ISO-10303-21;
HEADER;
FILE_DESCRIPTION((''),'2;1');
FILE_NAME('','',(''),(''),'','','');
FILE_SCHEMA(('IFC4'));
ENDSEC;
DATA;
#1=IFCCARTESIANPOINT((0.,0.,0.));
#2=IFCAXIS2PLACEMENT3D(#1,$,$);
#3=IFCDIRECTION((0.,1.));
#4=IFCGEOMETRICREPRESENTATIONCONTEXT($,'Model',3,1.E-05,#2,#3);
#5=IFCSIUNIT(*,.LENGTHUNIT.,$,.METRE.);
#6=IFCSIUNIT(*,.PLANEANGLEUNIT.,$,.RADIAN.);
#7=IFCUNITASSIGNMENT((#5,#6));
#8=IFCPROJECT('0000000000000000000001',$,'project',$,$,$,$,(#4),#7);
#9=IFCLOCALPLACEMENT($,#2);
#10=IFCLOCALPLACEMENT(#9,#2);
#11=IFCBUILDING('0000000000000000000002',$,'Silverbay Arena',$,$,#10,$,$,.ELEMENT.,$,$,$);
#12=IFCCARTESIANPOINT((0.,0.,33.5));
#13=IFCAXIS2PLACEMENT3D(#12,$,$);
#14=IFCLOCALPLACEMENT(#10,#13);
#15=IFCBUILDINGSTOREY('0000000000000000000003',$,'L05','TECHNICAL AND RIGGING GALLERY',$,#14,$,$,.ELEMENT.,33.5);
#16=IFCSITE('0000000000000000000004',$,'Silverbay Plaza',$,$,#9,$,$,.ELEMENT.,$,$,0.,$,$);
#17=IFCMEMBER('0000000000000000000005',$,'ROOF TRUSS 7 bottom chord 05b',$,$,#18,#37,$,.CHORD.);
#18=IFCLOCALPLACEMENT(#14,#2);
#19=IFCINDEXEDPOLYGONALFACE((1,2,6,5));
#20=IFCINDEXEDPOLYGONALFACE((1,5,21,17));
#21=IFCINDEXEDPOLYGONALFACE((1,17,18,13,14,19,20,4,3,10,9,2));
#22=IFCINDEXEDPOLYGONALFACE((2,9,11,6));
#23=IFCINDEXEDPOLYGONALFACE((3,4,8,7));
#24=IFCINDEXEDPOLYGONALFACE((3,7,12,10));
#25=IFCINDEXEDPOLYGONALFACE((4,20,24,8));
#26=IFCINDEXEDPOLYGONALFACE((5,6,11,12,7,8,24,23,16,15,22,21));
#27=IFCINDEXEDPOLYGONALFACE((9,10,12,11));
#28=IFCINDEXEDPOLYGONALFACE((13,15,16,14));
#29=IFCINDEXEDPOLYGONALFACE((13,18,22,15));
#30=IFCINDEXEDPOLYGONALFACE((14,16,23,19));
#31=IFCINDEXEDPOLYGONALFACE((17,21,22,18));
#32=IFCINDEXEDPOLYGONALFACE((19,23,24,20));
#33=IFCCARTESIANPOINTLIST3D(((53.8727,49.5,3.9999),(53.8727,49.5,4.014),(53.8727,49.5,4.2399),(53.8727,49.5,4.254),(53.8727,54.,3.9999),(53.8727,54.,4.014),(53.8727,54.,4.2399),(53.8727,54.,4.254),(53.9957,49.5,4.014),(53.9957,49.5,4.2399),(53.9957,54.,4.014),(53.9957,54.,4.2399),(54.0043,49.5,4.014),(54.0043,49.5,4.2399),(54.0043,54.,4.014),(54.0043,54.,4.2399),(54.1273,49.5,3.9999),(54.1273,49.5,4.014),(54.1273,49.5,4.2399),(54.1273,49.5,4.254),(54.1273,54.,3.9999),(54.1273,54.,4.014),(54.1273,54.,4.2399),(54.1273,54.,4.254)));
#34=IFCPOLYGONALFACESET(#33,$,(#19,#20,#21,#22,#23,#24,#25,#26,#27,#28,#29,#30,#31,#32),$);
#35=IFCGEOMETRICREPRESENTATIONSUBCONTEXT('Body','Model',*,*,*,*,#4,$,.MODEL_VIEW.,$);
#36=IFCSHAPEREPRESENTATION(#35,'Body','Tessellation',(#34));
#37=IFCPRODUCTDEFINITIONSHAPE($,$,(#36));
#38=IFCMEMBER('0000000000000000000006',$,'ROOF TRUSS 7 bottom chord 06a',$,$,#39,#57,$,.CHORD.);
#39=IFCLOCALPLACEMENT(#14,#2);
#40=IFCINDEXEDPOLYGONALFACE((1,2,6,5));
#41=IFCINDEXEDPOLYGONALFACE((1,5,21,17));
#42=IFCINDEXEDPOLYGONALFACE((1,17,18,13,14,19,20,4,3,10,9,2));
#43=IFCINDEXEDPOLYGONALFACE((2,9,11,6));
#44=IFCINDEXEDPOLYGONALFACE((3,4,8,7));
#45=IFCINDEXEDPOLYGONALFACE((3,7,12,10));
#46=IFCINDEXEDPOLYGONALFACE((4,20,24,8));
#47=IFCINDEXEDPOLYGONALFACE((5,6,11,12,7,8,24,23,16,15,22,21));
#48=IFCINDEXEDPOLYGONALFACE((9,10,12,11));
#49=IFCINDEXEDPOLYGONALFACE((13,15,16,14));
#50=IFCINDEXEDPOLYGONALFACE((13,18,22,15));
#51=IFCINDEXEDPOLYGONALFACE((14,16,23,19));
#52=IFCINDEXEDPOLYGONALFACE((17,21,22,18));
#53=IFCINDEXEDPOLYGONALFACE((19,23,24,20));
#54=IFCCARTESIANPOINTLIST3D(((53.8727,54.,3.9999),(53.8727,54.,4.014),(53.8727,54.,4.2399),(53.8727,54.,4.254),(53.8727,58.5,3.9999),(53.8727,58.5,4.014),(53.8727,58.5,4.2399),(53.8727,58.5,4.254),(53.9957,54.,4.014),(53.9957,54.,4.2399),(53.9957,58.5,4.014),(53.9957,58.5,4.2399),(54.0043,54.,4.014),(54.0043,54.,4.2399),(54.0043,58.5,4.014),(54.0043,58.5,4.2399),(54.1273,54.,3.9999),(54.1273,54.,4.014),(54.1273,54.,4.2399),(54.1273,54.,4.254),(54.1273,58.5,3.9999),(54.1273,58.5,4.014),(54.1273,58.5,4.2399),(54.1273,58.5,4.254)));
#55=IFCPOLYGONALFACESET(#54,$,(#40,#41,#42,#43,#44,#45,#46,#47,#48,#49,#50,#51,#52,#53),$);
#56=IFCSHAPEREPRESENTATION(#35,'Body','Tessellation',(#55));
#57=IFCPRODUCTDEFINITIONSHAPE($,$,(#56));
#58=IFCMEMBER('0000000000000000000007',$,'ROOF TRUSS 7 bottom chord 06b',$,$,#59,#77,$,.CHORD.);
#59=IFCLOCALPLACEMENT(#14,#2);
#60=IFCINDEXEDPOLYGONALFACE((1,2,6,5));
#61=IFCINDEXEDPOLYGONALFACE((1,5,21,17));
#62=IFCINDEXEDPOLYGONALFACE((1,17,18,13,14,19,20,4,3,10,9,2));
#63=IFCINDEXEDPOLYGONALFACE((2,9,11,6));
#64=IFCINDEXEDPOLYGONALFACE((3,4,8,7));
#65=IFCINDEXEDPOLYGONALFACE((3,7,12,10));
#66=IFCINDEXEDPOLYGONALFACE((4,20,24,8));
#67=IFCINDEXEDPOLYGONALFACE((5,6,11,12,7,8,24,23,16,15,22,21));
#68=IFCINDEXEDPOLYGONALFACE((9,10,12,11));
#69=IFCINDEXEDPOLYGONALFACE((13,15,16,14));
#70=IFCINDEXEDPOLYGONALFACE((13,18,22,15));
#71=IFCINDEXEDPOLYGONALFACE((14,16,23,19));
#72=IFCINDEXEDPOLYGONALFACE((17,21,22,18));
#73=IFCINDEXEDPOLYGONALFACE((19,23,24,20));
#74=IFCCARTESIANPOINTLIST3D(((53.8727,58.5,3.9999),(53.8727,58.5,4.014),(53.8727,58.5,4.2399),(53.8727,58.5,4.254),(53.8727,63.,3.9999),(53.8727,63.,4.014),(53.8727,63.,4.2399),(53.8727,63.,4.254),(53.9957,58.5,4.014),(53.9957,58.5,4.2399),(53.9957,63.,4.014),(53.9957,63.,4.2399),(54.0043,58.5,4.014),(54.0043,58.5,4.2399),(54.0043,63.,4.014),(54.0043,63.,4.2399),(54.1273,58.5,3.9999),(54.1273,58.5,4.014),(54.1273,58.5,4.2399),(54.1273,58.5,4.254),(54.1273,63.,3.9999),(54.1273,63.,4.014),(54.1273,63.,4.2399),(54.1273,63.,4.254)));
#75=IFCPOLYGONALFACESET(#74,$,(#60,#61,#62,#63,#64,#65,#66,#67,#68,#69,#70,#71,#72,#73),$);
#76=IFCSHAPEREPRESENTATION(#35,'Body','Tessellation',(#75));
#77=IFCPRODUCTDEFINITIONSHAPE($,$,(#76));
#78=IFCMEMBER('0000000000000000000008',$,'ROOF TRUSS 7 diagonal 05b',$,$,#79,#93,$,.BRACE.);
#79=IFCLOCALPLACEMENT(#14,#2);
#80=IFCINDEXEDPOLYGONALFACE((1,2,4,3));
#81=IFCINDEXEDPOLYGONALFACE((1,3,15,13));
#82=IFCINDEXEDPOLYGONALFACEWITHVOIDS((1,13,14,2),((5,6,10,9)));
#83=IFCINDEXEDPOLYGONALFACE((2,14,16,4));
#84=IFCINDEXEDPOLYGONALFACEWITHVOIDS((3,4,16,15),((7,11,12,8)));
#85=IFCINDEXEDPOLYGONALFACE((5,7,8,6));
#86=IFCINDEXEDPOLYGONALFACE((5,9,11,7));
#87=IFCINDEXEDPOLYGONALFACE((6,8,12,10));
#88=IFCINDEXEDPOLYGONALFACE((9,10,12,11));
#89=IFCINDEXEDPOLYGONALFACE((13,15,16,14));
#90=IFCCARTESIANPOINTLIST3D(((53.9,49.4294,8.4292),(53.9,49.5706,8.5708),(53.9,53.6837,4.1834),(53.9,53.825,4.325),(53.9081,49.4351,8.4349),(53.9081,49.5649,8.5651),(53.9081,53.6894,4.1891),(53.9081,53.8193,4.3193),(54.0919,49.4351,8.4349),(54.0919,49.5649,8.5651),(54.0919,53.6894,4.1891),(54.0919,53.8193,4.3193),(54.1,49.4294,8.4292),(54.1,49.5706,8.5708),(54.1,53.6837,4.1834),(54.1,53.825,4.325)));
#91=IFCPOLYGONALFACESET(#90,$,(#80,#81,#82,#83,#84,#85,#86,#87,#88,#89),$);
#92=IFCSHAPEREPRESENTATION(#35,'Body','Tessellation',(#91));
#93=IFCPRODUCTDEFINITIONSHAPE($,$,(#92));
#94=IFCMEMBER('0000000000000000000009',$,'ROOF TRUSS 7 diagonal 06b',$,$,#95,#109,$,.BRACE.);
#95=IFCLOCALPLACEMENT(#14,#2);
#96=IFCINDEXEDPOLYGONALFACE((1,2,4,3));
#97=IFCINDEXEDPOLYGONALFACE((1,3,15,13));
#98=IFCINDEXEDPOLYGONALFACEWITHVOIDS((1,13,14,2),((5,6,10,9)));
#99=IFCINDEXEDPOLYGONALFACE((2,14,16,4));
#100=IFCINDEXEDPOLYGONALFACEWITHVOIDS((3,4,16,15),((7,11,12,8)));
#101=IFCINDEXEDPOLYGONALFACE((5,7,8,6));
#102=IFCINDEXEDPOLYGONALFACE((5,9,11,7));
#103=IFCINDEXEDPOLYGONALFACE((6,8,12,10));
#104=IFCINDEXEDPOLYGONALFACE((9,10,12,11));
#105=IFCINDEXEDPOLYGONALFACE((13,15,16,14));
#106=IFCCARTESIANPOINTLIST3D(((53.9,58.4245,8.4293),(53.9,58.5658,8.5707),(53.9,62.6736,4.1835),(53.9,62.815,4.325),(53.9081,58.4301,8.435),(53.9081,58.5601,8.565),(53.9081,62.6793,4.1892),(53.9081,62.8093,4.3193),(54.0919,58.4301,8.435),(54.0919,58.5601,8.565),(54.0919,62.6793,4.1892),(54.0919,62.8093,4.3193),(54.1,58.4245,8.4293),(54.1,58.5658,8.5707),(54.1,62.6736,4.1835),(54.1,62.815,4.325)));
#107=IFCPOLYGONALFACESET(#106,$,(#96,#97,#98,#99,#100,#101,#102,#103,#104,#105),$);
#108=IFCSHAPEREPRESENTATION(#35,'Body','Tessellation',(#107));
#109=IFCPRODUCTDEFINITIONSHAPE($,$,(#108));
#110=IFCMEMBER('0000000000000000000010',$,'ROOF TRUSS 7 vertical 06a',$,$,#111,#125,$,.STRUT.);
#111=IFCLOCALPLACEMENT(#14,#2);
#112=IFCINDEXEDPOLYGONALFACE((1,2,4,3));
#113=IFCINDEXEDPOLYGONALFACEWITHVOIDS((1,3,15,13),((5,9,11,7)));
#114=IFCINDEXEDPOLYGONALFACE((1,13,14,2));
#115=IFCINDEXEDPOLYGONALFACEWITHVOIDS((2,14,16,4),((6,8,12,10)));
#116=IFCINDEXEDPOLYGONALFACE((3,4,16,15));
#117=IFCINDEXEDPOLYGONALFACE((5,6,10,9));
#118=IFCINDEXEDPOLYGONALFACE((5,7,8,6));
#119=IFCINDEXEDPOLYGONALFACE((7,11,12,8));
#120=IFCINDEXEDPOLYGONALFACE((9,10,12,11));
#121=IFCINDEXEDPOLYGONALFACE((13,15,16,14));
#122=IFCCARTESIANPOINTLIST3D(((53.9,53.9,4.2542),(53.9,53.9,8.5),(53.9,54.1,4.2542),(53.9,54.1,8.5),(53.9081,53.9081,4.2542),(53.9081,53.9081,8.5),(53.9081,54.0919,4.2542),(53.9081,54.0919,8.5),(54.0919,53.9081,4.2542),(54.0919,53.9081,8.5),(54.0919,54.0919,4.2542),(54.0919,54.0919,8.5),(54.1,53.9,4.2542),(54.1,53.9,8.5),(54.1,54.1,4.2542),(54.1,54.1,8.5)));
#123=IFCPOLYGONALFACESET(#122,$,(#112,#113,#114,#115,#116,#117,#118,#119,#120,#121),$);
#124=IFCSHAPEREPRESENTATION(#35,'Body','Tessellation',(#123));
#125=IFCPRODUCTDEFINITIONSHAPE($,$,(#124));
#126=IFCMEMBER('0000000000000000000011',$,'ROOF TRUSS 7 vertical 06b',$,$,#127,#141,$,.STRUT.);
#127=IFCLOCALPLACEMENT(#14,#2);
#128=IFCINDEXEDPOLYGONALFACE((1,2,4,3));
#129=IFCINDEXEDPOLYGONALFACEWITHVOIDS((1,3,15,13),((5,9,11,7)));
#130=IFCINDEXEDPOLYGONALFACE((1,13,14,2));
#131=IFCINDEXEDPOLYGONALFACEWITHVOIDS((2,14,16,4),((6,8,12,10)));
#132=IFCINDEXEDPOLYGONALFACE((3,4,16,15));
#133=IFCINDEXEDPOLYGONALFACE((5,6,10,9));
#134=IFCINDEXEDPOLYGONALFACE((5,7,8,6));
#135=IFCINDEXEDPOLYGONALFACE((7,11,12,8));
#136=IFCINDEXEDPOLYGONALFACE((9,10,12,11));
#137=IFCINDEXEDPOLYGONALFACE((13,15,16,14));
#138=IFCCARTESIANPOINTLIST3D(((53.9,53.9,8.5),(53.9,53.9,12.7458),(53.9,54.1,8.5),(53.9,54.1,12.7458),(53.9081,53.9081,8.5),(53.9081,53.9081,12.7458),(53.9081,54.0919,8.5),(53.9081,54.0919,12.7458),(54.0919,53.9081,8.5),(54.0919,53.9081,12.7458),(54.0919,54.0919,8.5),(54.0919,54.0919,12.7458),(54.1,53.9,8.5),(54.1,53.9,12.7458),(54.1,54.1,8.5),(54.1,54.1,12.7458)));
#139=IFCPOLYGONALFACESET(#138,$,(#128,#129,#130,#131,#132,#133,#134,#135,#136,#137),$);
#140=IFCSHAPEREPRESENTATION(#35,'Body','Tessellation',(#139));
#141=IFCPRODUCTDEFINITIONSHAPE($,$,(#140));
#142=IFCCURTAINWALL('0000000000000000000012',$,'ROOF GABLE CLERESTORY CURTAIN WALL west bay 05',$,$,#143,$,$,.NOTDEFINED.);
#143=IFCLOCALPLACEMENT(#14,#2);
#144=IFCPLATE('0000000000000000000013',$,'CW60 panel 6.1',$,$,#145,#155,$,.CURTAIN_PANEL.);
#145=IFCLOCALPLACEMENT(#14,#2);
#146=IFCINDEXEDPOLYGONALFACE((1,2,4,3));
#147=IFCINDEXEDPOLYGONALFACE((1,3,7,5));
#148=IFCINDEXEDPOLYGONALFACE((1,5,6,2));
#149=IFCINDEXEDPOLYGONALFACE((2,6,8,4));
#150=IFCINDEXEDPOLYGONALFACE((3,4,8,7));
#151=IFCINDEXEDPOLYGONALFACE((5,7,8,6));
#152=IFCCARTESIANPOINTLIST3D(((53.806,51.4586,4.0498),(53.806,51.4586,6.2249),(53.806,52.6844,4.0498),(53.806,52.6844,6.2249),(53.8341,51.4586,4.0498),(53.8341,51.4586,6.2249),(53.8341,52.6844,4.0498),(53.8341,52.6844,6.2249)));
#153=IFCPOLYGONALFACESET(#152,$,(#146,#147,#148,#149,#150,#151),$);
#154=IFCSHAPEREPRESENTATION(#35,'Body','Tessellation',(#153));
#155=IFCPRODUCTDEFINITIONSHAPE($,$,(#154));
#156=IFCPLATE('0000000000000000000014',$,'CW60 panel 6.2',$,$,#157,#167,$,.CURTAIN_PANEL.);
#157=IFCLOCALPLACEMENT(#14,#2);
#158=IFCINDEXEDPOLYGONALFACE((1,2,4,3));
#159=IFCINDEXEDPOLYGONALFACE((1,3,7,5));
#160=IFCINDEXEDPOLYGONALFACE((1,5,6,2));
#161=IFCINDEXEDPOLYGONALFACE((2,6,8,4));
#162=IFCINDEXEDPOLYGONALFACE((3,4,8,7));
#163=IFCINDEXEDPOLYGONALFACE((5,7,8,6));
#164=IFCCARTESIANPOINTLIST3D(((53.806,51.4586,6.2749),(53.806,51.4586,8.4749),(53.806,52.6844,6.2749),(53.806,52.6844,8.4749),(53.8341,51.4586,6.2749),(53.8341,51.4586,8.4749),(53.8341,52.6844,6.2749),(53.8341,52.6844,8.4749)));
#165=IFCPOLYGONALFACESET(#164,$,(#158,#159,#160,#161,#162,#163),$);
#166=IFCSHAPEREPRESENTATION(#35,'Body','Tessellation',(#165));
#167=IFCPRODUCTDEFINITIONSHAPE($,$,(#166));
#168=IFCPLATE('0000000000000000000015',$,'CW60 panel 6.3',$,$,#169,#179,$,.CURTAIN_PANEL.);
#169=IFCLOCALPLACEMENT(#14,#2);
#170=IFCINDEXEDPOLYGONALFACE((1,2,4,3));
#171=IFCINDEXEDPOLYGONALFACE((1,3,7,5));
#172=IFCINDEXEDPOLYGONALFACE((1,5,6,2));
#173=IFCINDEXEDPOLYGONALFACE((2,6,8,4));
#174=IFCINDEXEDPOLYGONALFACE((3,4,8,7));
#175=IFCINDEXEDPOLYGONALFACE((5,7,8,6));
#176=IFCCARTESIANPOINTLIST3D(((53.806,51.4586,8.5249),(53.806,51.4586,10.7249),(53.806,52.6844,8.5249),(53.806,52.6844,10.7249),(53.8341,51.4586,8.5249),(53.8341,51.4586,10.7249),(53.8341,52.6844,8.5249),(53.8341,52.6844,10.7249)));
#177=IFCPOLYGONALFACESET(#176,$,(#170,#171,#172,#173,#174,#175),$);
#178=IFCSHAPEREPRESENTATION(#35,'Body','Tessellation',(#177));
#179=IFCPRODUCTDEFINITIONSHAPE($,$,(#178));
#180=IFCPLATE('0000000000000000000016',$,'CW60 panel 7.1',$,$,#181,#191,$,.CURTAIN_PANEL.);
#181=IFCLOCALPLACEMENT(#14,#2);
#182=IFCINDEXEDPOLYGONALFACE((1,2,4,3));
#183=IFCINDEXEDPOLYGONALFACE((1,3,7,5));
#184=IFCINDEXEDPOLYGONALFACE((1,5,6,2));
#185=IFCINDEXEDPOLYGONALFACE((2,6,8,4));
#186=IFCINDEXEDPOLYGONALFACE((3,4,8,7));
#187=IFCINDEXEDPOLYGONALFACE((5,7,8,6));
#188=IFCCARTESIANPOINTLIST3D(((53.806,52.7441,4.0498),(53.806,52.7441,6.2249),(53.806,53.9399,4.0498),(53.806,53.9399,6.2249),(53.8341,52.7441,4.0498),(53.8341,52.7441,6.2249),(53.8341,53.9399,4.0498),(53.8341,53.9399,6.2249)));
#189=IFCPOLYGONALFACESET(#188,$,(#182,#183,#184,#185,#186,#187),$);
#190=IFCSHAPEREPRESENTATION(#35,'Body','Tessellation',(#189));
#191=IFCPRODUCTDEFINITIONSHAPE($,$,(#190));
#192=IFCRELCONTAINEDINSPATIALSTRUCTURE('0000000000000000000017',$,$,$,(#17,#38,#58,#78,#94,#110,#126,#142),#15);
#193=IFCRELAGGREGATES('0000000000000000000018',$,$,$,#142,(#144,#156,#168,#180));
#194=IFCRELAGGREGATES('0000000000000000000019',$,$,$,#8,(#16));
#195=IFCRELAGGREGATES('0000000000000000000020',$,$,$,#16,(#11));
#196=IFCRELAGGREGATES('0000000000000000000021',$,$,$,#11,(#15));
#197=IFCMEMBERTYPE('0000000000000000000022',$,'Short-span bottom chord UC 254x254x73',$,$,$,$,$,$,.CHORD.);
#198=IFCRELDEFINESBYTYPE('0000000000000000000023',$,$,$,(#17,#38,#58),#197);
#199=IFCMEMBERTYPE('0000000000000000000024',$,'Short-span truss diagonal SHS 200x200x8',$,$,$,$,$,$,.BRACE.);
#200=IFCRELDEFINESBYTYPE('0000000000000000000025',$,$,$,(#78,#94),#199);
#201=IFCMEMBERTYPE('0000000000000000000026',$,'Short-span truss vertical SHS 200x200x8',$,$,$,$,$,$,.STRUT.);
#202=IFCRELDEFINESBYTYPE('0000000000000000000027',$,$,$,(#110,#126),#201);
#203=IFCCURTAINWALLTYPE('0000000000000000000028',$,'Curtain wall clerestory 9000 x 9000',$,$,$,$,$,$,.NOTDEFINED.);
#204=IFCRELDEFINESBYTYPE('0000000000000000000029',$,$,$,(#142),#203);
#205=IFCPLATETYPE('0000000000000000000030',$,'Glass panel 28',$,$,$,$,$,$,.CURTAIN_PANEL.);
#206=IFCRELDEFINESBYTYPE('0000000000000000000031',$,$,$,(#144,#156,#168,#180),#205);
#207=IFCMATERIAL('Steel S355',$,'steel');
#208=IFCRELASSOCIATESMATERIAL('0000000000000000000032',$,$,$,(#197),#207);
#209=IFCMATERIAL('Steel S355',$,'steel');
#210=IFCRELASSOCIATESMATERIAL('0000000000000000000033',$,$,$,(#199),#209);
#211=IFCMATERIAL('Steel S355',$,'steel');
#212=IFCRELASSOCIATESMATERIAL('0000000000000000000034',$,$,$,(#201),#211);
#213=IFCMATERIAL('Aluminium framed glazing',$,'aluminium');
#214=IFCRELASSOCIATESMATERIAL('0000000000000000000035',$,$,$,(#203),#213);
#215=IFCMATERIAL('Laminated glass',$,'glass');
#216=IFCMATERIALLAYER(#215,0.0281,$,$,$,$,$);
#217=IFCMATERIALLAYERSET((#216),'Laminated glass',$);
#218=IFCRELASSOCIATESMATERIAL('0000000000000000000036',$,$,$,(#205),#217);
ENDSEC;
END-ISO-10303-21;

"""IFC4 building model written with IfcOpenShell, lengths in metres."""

from ifc_helpers import new_model, si_unit, direction, frame, origin, origin_2d, place, context, subcontext, project, spatial, rectangle, hollow_rectangle, i_section, extrude, material, layer, layer_set, material_profile, profile_set, type_object, element, aggregate, save


model = new_model("IFC4")

# Units and contexts
model_context = context("Model", 3, precision=1e-05, world=origin(), true_north=direction((0.0, 1.0)))
body_context = subcontext(model_context, "Body", "Model", "MODEL_VIEW")
ifc_project = project(units=[si_unit("LENGTHUNIT", "METRE"), si_unit("PLANEANGLEUNIT", "RADIAN")], contexts=[model_context])

# Site, building, storey
site_placement = place(None, origin())
site = spatial("IfcSite", under=ifc_project, at=site_placement, Name="Silverbay Plaza", CompositionType="ELEMENT", RefElevation=0.0)
building_placement = place(site_placement, origin())
building = spatial("IfcBuilding", under=site, at=building_placement, Name="Silverbay Arena", CompositionType="ELEMENT")
storey_placement = place(building_placement, frame((0.0, 0.0, 33.5)))
storey = spatial("IfcBuildingStorey", under=building, at=storey_placement, Name="L05", Description="TECHNICAL AND RIGGING GALLERY", CompositionType="ELEMENT", Elevation=33.5)

# Members
ifc_material_1 = material(Name="Steel S355", Category="steel")
ifc_material_profile_1 = material_profile(ifc_material_1, i_section(OverallWidth=0.2546, OverallDepth=0.2542, WebThickness=0.0085, FlangeThickness=0.0142, at=origin_2d()), Name="UC 254x254x73")
ifc_profile_set_1 = profile_set([ifc_material_profile_1], Name="Steel S355")
member_type_1 = type_object("IfcMemberType", Name="Short-span bottom chord UC 254x254x73", PredefinedType="CHORD", material=ifc_profile_set_1)
for number, where, z_axis, x_axis, name in (
    (1, (54.0, 49.5, 4.127), (0.0, 1.0, 0.0), (-1.0, 0.0, 0.0), "ROOF TRUSS 7 bottom chord 05b"),
    (2, (54.0, 54.0, 4.127), (0.0, 1.0, 0.0), (-1.0, 0.0, 0.0), "ROOF TRUSS 7 bottom chord 06a"),
    (3, (54.0, 58.5, 4.127), (0.0, 1.0, 0.0), (-1.0, 0.0, 0.0), "ROOF TRUSS 7 bottom chord 06b"),
):
    element("IfcMember", number, at=place(storey_placement, frame(where, z_axis=z_axis, x_axis=x_axis)), inside=storey, type_object=member_type_1, Name=name, PredefinedType="CHORD", context=body_context, shape_type="SweptSolid", body=[
        extrude(i_section(OverallWidth=0.2546, OverallDepth=0.2542, WebThickness=0.0085, FlangeThickness=0.0142, at=origin_2d()), origin(), (0.0, 0.0, 1.0), 4.5),
    ])
ifc_material_2 = material(Name="Steel S355", Category="steel")
ifc_material_profile_2 = material_profile(ifc_material_2, hollow_rectangle(XDim=0.2, YDim=0.2, WallThickness=0.0081, at=origin_2d()), Name="SHS 200x200x8")
ifc_profile_set_2 = profile_set([ifc_material_profile_2], Name="Steel S355")
member_type_2 = type_object("IfcMemberType", Name="Short-span truss diagonal SHS 200x200x8", PredefinedType="BRACE", material=ifc_profile_set_2)
member_1_placement = place(storey_placement, frame((54.0, 49.5, 8.5), z_axis=(0.0, 0.707817, -0.706396), x_axis=(-1.0, 0.0, 0.0)))
element("IfcMember", 4, at=member_1_placement, inside=storey, type_object=member_type_2, Name="ROOF TRUSS 7 diagonal 05b", PredefinedType="BRACE", context=body_context, shape_type="SweptSolid", body=[
    extrude(hollow_rectangle(XDim=0.2, YDim=0.2, WallThickness=0.0081, at=origin_2d()), origin(), (0.0, 0.0, 1.0), 6.0105),
])
member_2_placement = place(storey_placement, frame((54.0, 58.4951, 8.5), z_axis=(0.0, 0.707391, -0.706822), x_axis=(-1.0, 0.0, 0.0)))
element("IfcMember", 5, at=member_2_placement, inside=storey, type_object=member_type_2, Name="ROOF TRUSS 7 diagonal 06b", PredefinedType="BRACE", context=body_context, shape_type="SweptSolid", body=[
    extrude(hollow_rectangle(XDim=0.2, YDim=0.2, WallThickness=0.0081, at=origin_2d()), origin(), (0.0, 0.0, 1.0), 6.0068),
])
ifc_material_3 = material(Name="Steel S355", Category="steel")
ifc_material_profile_3 = material_profile(ifc_material_3, hollow_rectangle(XDim=0.2, YDim=0.2, WallThickness=0.0081, at=origin_2d()), Name="SHS 200x200x8")
ifc_profile_set_3 = profile_set([ifc_material_profile_3], Name="Steel S355")
member_type_3 = type_object("IfcMemberType", Name="Short-span truss vertical SHS 200x200x8", PredefinedType="STRUT", material=ifc_profile_set_3)
for number, where, z_axis, x_axis, name in (
    (6, (54.0, 54.0, 4.2542), (0.0, 0.0, 1.0), (1.0, 0.0, 0.0), "ROOF TRUSS 7 vertical 06a"),
    (7, (54.0, 54.0, 8.5), (0.0, 0.0, 1.0), (1.0, 0.0, 0.0), "ROOF TRUSS 7 vertical 06b"),
):
    element("IfcMember", number, at=place(storey_placement, frame(where, z_axis=z_axis, x_axis=x_axis)), inside=storey, type_object=member_type_3, Name=name, PredefinedType="STRUT", context=body_context, shape_type="SweptSolid", body=[
        extrude(hollow_rectangle(XDim=0.2, YDim=0.2, WallThickness=0.0081, at=origin_2d()), origin(), (0.0, 0.0, 1.0), 4.2458),
    ])

# Curtain wall, plates
ifc_material_4 = material(Name="Aluminium framed glazing", Category="aluminium")
curtain_wall_type = type_object("IfcCurtainWallType", Name="Curtain wall clerestory 9000 x 9000", PredefinedType="NOTDEFINED", material=ifc_material_4)
curtain_wall_1_placement = place(storey_placement, origin())
curtain_wall_1 = element("IfcCurtainWall", 8, at=curtain_wall_1_placement, inside=storey, type_object=curtain_wall_type, Name="ROOF GABLE CLERESTORY CURTAIN WALL west bay 05", PredefinedType="NOTDEFINED")
ifc_material_5 = material(Name="Laminated glass", Category="glass")
ifc_layer_1 = layer(ifc_material_5, 0.0281)
ifc_layer_set_1 = layer_set([ifc_layer_1], Name="Laminated glass")
plate_type = type_object("IfcPlateType", Name="Glass panel 28", PredefinedType="CURTAIN_PANEL", material=ifc_layer_set_1)
plate_1_placement = place(storey_placement, frame((53.8201, 52.0715, 4.0498), z_axis=(0.0, 0.0, 1.0), x_axis=(0.0, 1.0, 0.0)))
plate_1 = element("IfcPlate", 9, at=plate_1_placement, type_object=plate_type, Name="CW60 panel 6.1", PredefinedType="CURTAIN_PANEL", context=body_context, shape_type="SweptSolid", body=[
    extrude(rectangle(XDim=1.2258, YDim=0.0281, at=origin_2d()), origin(), (0.0, 0.0, 1.0), 2.175),
])
plate_2_placement = place(storey_placement, frame((53.8201, 52.0715, 6.2749), z_axis=(0.0, 0.0, 1.0), x_axis=(0.0, 1.0, 0.0)))
plate_2 = element("IfcPlate", 10, at=plate_2_placement, type_object=plate_type, Name="CW60 panel 6.2", PredefinedType="CURTAIN_PANEL", context=body_context, shape_type="SweptSolid", body=[
    extrude(rectangle(XDim=1.2258, YDim=0.0281, at=origin_2d()), origin(), (0.0, 0.0, 1.0), 2.2),
])
plate_3_placement = place(storey_placement, frame((53.8201, 52.0715, 8.5249), z_axis=(0.0, 0.0, 1.0), x_axis=(0.0, 1.0, 0.0)))
plate_3 = element("IfcPlate", 11, at=plate_3_placement, type_object=plate_type, Name="CW60 panel 6.3", PredefinedType="CURTAIN_PANEL", context=body_context, shape_type="SweptSolid", body=[
    extrude(rectangle(XDim=1.2258, YDim=0.0281, at=origin_2d()), origin(), (0.0, 0.0, 1.0), 2.2),
])
plate_4_placement = place(storey_placement, frame((53.8201, 53.342, 4.0498), z_axis=(0.0, 0.0, 1.0), x_axis=(0.0, 1.0, 0.0)))
plate_4 = element("IfcPlate", 12, at=plate_4_placement, type_object=plate_type, Name="CW60 panel 7.1", PredefinedType="CURTAIN_PANEL", context=body_context, shape_type="SweptSolid", body=[
    extrude(rectangle(XDim=1.1958, YDim=0.0281, at=origin_2d()), origin(), (0.0, 0.0, 1.0), 2.175),
])
aggregate(curtain_wall_1, [plate_1, plate_2, plate_3, plate_4])

save(model, "model.ifc")
